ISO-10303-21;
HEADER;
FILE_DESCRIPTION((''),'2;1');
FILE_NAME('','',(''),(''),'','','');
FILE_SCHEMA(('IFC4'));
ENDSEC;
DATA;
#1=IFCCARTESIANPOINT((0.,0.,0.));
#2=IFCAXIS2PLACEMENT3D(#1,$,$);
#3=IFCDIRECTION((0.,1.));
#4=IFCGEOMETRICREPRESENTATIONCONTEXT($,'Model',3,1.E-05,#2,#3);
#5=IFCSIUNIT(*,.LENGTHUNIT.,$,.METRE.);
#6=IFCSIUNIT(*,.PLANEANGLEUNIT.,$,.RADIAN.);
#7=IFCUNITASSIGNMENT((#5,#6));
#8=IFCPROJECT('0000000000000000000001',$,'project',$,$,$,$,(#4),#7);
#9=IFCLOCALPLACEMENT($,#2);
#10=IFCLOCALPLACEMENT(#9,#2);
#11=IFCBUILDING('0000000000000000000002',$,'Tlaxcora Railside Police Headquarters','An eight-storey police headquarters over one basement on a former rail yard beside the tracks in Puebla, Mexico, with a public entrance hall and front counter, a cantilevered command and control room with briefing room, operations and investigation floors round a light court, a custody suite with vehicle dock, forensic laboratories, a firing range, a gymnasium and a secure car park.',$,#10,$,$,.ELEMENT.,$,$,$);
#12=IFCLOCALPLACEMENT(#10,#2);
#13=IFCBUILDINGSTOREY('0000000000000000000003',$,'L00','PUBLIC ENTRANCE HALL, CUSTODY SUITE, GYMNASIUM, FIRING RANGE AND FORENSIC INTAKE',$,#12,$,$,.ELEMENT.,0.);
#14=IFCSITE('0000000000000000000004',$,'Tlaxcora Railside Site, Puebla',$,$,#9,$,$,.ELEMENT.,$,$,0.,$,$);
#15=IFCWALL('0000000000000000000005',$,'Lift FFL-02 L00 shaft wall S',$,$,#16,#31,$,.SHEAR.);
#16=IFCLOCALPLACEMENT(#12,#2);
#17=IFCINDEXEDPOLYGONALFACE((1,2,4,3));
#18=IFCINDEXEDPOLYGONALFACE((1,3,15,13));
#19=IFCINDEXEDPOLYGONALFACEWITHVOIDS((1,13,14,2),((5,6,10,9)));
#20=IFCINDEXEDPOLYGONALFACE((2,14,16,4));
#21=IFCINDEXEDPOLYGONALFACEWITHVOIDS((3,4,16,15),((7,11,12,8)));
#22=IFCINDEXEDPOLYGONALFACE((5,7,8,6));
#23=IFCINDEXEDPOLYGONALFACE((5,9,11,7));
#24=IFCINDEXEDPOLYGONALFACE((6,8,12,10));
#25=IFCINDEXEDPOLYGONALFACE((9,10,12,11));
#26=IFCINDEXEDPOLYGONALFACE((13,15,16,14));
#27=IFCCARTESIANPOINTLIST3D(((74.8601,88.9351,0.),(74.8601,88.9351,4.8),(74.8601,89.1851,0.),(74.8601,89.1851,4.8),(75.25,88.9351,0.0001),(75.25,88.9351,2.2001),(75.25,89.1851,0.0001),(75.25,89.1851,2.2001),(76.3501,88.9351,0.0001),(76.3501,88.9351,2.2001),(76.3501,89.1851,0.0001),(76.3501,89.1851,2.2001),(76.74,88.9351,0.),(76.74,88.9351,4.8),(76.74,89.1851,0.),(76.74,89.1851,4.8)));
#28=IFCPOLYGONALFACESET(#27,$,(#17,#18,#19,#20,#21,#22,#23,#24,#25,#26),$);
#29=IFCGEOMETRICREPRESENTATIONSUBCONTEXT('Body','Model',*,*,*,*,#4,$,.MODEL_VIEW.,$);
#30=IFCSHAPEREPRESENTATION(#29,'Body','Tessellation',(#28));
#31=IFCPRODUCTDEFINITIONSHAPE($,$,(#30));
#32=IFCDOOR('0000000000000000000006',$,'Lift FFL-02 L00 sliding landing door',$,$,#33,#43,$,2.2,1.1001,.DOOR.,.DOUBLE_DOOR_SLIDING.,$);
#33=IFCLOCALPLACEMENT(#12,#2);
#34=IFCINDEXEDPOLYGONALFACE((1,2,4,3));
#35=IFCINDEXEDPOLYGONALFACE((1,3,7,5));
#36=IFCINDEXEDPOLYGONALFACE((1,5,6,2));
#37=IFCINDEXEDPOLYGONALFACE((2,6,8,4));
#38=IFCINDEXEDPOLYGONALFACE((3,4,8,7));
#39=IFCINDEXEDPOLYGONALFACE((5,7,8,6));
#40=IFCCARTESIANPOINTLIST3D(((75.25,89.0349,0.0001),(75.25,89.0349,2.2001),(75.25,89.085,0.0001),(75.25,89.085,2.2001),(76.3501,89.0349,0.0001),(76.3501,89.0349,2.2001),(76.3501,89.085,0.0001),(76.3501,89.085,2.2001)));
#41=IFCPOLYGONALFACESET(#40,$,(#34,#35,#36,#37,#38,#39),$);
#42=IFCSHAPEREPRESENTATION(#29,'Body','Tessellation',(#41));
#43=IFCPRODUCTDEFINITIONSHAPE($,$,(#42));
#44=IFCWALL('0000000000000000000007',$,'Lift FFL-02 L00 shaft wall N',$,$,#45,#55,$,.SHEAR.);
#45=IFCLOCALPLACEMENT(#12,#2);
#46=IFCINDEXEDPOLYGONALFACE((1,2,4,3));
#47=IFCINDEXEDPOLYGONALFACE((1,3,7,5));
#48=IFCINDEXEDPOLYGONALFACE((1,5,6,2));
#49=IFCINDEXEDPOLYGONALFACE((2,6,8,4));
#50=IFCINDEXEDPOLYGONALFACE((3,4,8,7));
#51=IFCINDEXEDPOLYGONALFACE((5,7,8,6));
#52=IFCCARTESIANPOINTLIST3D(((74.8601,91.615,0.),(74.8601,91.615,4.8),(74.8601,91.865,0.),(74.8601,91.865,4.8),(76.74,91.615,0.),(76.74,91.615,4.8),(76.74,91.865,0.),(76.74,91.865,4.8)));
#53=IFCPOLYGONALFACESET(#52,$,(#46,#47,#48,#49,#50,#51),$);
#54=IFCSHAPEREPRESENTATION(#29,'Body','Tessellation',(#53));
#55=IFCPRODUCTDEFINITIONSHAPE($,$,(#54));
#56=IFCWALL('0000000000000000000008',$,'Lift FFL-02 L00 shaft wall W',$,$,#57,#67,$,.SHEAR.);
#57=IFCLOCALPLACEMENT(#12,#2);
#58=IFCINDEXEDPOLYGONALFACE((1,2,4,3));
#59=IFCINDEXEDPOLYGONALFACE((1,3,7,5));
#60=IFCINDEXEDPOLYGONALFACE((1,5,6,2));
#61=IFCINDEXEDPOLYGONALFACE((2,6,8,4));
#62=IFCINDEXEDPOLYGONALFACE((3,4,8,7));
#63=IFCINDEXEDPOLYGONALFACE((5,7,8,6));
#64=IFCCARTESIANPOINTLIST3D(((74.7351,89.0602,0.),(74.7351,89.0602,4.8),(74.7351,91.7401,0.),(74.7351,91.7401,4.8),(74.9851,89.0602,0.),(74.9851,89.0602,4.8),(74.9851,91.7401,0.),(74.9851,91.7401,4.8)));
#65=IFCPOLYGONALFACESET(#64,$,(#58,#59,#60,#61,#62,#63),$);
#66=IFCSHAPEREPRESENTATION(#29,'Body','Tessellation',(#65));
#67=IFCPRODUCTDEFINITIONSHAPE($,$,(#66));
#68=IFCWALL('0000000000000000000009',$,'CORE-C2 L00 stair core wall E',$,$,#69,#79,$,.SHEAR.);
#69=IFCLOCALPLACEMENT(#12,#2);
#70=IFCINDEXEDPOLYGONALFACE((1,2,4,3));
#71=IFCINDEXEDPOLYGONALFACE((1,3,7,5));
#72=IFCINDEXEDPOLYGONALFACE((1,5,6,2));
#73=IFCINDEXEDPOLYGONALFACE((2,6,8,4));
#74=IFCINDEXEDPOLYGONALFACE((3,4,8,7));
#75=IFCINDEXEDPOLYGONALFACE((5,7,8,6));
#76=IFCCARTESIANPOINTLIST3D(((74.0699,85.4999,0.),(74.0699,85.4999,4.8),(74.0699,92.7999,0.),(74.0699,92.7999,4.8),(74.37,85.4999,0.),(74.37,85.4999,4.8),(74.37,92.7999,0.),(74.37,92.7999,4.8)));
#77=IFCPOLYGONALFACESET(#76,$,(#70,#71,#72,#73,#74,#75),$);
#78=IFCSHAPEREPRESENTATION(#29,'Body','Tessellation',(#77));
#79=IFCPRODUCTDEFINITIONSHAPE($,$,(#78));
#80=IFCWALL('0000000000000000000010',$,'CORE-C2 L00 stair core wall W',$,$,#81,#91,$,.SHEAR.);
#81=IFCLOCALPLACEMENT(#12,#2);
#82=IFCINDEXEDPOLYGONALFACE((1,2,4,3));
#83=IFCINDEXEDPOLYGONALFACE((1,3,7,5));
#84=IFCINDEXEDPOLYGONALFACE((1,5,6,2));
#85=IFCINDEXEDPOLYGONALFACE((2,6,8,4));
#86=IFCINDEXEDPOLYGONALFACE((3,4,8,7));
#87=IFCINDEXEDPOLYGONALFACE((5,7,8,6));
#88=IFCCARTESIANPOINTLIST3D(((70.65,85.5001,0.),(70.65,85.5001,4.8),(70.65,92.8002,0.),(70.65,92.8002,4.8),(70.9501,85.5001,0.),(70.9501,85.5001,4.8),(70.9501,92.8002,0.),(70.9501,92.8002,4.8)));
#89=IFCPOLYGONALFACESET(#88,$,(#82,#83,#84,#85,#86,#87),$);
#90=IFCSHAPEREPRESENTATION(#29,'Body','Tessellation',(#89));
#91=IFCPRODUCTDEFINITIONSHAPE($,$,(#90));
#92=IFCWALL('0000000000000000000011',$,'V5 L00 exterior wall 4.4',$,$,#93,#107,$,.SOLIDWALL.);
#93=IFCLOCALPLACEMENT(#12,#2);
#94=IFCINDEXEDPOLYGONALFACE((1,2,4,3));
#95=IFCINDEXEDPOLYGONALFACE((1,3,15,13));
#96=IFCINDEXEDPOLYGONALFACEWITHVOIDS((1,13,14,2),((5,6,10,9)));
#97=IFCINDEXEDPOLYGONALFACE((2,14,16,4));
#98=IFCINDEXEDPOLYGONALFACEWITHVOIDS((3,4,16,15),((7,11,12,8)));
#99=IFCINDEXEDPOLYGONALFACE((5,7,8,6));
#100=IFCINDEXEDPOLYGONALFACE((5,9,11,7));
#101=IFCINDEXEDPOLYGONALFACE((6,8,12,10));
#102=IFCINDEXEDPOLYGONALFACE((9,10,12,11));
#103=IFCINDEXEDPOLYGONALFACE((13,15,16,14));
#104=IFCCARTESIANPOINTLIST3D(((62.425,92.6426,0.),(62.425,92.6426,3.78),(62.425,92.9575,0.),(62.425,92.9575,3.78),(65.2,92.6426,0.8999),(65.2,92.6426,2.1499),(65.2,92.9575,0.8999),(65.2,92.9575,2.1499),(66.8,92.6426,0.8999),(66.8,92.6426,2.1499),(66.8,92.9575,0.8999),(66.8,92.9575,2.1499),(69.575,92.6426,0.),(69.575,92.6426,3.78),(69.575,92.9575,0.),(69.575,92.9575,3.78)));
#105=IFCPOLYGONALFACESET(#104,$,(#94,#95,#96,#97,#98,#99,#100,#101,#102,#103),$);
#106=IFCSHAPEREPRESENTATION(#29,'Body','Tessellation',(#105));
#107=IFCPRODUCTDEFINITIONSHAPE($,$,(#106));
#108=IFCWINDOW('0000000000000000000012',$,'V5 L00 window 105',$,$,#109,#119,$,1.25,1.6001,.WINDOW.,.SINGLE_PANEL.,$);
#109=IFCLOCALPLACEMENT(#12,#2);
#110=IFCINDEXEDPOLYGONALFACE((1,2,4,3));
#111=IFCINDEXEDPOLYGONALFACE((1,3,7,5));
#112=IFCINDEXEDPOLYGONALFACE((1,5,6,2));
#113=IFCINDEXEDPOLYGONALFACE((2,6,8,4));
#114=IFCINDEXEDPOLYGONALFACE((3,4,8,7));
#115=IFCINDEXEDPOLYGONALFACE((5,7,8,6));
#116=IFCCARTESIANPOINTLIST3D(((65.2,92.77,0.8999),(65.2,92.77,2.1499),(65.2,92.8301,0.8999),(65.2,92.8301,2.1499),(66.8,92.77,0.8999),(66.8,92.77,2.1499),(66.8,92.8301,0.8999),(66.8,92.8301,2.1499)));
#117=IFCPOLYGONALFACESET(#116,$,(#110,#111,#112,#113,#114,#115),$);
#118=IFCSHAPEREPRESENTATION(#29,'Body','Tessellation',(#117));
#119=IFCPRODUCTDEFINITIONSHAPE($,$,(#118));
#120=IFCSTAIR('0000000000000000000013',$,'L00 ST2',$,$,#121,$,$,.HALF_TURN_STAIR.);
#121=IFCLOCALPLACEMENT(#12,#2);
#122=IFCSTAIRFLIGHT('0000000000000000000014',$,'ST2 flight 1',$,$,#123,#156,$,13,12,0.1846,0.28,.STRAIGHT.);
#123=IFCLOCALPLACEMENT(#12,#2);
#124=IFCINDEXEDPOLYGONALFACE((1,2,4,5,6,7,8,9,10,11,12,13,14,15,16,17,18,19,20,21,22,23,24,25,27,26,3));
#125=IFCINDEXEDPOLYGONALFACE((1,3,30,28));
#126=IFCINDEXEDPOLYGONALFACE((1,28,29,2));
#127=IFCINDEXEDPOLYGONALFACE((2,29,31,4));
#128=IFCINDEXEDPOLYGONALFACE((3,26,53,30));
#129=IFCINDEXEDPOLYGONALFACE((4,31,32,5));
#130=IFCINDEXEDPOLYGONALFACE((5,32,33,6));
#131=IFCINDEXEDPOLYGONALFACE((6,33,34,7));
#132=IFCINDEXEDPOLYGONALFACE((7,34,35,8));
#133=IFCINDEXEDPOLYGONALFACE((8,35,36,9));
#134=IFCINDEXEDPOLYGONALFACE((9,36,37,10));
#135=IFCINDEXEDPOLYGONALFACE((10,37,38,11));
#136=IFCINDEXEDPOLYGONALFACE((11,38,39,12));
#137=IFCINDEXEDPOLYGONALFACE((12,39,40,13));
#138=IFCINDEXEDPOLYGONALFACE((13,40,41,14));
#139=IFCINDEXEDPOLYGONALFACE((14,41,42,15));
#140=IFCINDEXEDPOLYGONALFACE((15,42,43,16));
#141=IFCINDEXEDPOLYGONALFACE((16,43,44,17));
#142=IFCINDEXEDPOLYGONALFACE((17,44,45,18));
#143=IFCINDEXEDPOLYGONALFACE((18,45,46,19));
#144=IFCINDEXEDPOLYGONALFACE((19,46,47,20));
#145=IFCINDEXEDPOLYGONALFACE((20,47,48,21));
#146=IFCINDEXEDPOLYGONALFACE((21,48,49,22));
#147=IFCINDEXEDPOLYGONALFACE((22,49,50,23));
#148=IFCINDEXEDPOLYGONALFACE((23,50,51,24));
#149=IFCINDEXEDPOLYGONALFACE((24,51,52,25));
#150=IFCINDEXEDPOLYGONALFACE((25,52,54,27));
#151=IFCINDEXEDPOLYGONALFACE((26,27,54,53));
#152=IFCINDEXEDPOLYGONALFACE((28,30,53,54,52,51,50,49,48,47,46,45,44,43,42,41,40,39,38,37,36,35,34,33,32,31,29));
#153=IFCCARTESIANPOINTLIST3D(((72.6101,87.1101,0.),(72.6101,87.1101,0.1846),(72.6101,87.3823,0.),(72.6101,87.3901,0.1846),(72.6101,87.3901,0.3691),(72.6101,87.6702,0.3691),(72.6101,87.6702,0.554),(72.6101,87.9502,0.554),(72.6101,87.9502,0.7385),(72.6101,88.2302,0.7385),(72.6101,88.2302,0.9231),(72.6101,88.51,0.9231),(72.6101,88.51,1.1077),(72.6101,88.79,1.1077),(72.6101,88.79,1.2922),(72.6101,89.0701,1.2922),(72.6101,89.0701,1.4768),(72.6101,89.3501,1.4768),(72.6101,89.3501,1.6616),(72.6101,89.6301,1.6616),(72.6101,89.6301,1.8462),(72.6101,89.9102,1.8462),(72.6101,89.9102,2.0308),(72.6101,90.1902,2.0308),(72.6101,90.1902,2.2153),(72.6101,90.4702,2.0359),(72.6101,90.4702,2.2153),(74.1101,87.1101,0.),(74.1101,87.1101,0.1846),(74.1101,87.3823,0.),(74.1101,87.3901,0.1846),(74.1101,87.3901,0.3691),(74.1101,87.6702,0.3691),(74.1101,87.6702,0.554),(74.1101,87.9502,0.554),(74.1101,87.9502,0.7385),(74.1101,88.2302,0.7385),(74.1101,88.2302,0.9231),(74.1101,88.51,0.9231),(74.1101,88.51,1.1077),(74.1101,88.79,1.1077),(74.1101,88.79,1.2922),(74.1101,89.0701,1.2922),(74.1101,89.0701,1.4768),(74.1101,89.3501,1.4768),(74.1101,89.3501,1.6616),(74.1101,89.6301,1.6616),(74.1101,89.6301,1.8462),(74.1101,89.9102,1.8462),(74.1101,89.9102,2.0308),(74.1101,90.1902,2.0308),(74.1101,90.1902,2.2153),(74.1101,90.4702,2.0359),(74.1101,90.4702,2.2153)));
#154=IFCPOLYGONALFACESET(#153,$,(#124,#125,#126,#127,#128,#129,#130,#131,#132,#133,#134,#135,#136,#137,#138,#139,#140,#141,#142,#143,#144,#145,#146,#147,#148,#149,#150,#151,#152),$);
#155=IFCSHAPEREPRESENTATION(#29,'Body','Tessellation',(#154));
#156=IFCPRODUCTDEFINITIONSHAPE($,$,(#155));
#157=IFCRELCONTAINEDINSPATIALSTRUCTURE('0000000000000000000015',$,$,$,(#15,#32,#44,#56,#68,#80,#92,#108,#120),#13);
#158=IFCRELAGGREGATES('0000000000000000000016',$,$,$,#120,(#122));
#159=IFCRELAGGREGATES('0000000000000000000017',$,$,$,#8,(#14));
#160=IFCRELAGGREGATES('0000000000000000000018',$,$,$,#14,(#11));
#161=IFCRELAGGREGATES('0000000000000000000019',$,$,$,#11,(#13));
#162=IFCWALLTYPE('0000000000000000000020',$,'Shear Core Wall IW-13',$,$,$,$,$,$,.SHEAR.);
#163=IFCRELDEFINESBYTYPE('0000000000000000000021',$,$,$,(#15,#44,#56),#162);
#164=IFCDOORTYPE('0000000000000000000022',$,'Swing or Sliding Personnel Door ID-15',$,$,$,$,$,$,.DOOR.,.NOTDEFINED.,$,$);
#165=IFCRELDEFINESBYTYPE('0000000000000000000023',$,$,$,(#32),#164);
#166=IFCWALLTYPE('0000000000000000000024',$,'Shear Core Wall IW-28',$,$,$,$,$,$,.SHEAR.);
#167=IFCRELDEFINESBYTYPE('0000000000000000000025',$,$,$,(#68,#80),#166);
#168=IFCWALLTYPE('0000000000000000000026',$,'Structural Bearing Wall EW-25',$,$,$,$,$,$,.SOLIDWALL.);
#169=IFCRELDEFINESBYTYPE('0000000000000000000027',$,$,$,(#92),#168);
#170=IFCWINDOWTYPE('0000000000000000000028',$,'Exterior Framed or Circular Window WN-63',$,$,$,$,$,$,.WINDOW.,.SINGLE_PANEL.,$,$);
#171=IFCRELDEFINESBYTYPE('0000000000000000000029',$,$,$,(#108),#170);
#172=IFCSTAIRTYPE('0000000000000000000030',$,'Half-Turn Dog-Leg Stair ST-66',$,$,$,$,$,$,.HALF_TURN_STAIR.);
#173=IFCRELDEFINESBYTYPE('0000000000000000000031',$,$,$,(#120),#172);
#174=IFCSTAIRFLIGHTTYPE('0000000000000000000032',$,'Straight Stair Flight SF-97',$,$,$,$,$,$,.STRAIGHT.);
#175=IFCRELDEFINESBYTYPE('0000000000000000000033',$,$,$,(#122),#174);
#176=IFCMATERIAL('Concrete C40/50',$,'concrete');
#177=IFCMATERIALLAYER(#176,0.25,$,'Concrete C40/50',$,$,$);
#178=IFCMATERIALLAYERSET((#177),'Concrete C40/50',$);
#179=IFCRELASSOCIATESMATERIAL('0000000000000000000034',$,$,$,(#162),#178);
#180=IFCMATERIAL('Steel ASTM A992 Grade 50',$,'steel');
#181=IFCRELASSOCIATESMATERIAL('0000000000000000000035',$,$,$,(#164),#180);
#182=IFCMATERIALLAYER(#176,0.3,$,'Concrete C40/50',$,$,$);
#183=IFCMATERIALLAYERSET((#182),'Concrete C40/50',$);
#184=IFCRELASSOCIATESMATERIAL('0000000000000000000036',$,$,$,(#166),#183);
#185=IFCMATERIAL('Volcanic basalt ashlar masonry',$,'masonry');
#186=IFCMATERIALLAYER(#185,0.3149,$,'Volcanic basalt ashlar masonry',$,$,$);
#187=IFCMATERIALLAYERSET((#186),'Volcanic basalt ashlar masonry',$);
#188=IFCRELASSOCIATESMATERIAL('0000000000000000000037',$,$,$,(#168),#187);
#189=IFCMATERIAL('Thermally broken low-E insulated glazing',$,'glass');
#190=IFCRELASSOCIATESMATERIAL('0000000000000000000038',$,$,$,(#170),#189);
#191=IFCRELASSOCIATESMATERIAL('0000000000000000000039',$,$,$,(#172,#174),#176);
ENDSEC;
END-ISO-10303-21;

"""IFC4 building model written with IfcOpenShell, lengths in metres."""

from ifc_helpers import new_model, si_unit, direction, frame, frame_2d, origin, place, context, subcontext, project, spatial, polyline, rectangle, outline, extrude, material, layer, layer_set, type_object, element, fill, aggregate, save


model = new_model("IFC4")

# Units and contexts
model_context = context("Model", 3, precision=1e-05, world=origin(), true_north=direction((0.0, 1.0)))
body_context = subcontext(model_context, "Body", "Model", "MODEL_VIEW")
ifc_project = project(units=[si_unit("LENGTHUNIT", "METRE"), si_unit("PLANEANGLEUNIT", "RADIAN")], contexts=[model_context])

# Site, building, storey
site_placement = place(None, origin())
site = spatial("IfcSite", under=ifc_project, at=site_placement, Name="Tlaxcora Railside Site, Puebla", CompositionType="ELEMENT", RefElevation=0.0)
building_placement = place(site_placement, origin())
building = spatial("IfcBuilding", under=site, at=building_placement, Name="Tlaxcora Railside Police Headquarters", Description="An eight-storey police headquarters over one basement on a former rail yard beside the tracks in Puebla, Mexico, with a public entrance hall and front counter, a cantilevered command and control room with briefing room, operations and investigation floors round a light court, a custody suite with vehicle dock, forensic laboratories, a firing range, a gymnasium and a secure car park.", CompositionType="ELEMENT")
storey_placement = place(building_placement, origin())
storey = spatial("IfcBuildingStorey", under=building, at=storey_placement, Name="L00", Description="PUBLIC ENTRANCE HALL, CUSTODY SUITE, GYMNASIUM, FIRING RANGE AND FORENSIC INTAKE", CompositionType="ELEMENT", Elevation=0.0)

# Shared definitions
ifc_material_1 = material(Name="Concrete C40/50", Category="concrete")

# Shared definitions
ifc_material_2 = material(Name="Steel ASTM A992 Grade 50", Category="steel")

# Wall, opening, door
ifc_layer_1 = layer(ifc_material_1, 0.25, Name="Concrete C40/50")
ifc_layer_set_1 = layer_set([ifc_layer_1], Name="Concrete C40/50")
wall_type_1 = type_object("IfcWallType", Name="Shear Core Wall IW-13", PredefinedType="SHEAR", material=ifc_layer_set_1)
wall_1_placement = place(storey_placement, frame((74.8601, 89.0601, 0.0), z_axis=(0.0, 0.0, 1.0), x_axis=(1.0, 0.0, 0.0)))
wall_1 = element("IfcWall", 1, at=wall_1_placement, inside=storey, type_object=wall_type_1, Name="Lift FFL-02 L00 shaft wall S", PredefinedType="SHEAR", context=body_context, shape_type="SweptSolid", body=[
    extrude(rectangle(XDim=1.8799, YDim=0.25, at=frame_2d((0.9399, 0.0))), origin(), (0.0, 0.0, 1.0), 4.8),
])
opening_1_placement = place(wall_1_placement, frame((0.3899, 0.0, 0.0)))
opening_1 = element("IfcOpeningElement", 2, at=opening_1_placement, cuts=wall_1, PredefinedType="OPENING", context=body_context, shape_type="SweptSolid", body=[
    extrude(rectangle(XDim=1.1001, YDim=2.2, at=frame_2d((0.55, 1.1001))), frame((0.0, 0.135, 0.0), z_axis=(0.0, -1.0, 0.0), x_axis=(1.0, 0.0, 0.0)), (0.0, 0.0, 1.0), 0.27),
])
door_type_1 = type_object("IfcDoorType", Name="Swing or Sliding Personnel Door ID-15", OperationType="NOTDEFINED", PredefinedType="DOOR", material=ifc_material_2)
door_1_placement = place(opening_1_placement, origin())
door_1 = element("IfcDoor", 3, at=door_1_placement, inside=storey, type_object=door_type_1, Name="Lift FFL-02 L00 sliding landing door", OperationType="DOUBLE_DOOR_SLIDING", OverallHeight=2.2, OverallWidth=1.1001, PredefinedType="DOOR", context=body_context, shape_type="SweptSolid", body=[
    extrude(rectangle(XDim=1.1001, YDim=2.2, at=frame_2d((0.55, 1.1001))), frame((0.0, 0.0249, 0.0), z_axis=(0.0, -1.0, 0.0), x_axis=(1.0, 0.0, 0.0)), (0.0, 0.0, 1.0), 0.05),
])
fill(opening_1, door_1)

# Walls
wall_2_placement = place(storey_placement, frame((76.74, 91.74, 0.0), z_axis=(0.0, 0.0, 1.0), x_axis=(-1.0, 0.0, 0.0)))
element("IfcWall", 4, at=wall_2_placement, inside=storey, type_object=wall_type_1, Name="Lift FFL-02 L00 shaft wall N", PredefinedType="SHEAR", context=body_context, shape_type="SweptSolid", body=[
    extrude(rectangle(XDim=1.8799, YDim=0.25, at=frame_2d((0.9399, 0.0))), origin(), (0.0, 0.0, 1.0), 4.8),
])
wall_3_placement = place(storey_placement, frame((74.8601, 91.74, 0.0), z_axis=(0.0, 0.0, 1.0), x_axis=(0.0, -1.0, 0.0)))
element("IfcWall", 5, at=wall_3_placement, inside=storey, type_object=wall_type_1, Name="Lift FFL-02 L00 shaft wall W", PredefinedType="SHEAR", context=body_context, shape_type="SweptSolid", body=[
    extrude(rectangle(XDim=2.6799, YDim=0.25, at=frame_2d((1.3398, 0.0))), origin(), (0.0, 0.0, 1.0), 4.8),
])

# Shared definitions
ifc_layer_2 = layer(ifc_material_1, 0.3, Name="Concrete C40/50")
ifc_layer_set_2 = layer_set([ifc_layer_2], Name="Concrete C40/50")
wall_type_2 = type_object("IfcWallType", Name="Shear Core Wall IW-28", PredefinedType="SHEAR", material=ifc_layer_set_2)

# Walls
for number, where, z_axis, x_axis, name in (
    (6, (74.22, 85.5, 0.0), (0.0, 0.0, 1.0), (0.0, 1.0, 0.0), "CORE-C2 L00 stair core wall E"),
    (7, (70.8, 92.8, 0.0), (0.0, 0.0, 1.0), (0.0, -1.0, 0.0), "CORE-C2 L00 stair core wall W"),
):
    element("IfcWall", number, at=place(storey_placement, frame(where, z_axis=z_axis, x_axis=x_axis)), inside=storey, type_object=wall_type_2, Name=name, PredefinedType="SHEAR", context=body_context, shape_type="SweptSolid", body=[
        extrude(rectangle(XDim=7.3, YDim=0.3, at=frame_2d((3.6499, 0.0))), origin(), (0.0, 0.0, 1.0), 4.8),
    ])

# Wall, opening, window
ifc_material_3 = material(Name="Volcanic basalt ashlar masonry", Category="masonry")
ifc_layer_3 = layer(ifc_material_3, 0.3149, Name="Volcanic basalt ashlar masonry")
ifc_layer_set_3 = layer_set([ifc_layer_3], Name="Volcanic basalt ashlar masonry")
wall_type_3 = type_object("IfcWallType", Name="Structural Bearing Wall EW-25", PredefinedType="SOLIDWALL", material=ifc_layer_set_3)
wall_4_placement = place(storey_placement, frame((69.575, 92.8, 0.0), z_axis=(0.0, 0.0, 1.0), x_axis=(-1.0, 0.0, 0.0)))
wall_4 = element("IfcWall", 8, at=wall_4_placement, inside=storey, type_object=wall_type_3, Name="V5 L00 exterior wall 4.4", PredefinedType="SOLIDWALL", context=body_context, shape_type="SweptSolid", body=[
    extrude(rectangle(XDim=7.1499, YDim=0.3149, at=frame_2d((3.575, 0.0))), origin(), (0.0, 0.0, 1.0), 3.78),
])
opening_2_placement = place(wall_4_placement, frame((2.7749, 0.0, 0.8999)))
opening_2 = element("IfcOpeningElement", 9, at=opening_2_placement, cuts=wall_4, PredefinedType="OPENING", context=body_context, shape_type="SweptSolid", body=[
    extrude(rectangle(XDim=1.6001, YDim=1.25, at=frame_2d((0.8, 0.625))), frame((0.0, 0.1675, 0.0), z_axis=(0.0, -1.0, 0.0), x_axis=(1.0, 0.0, 0.0)), (0.0, 0.0, 1.0), 0.335),
])
ifc_material_4 = material(Name="Thermally broken low-E insulated glazing", Category="glass")
window_type = type_object("IfcWindowType", Name="Exterior Framed or Circular Window WN-63", PartitioningType="SINGLE_PANEL", PredefinedType="WINDOW", material=ifc_material_4)
window_placement = place(opening_2_placement, origin())
window = element("IfcWindow", 10, at=window_placement, inside=storey, type_object=window_type, Name="V5 L00 window 105", OverallHeight=1.25, OverallWidth=1.6001, PartitioningType="SINGLE_PANEL", PredefinedType="WINDOW", context=body_context, shape_type="SweptSolid", body=[
    extrude(rectangle(XDim=1.6001, YDim=1.25, at=frame_2d((0.8, 0.625))), frame((0.0, 0.03, 0.0), z_axis=(0.0, -1.0, 0.0), x_axis=(1.0, 0.0, 0.0)), (0.0, 0.0, 1.0), 0.0601),
])
fill(opening_2, window)

# Stair, stair flight
stair_type = type_object("IfcStairType", Name="Half-Turn Dog-Leg Stair ST-66", PredefinedType="HALF_TURN_STAIR", material=ifc_material_1)
stair_placement = place(storey_placement, origin())
stair = element("IfcStair", 11, at=stair_placement, inside=storey, type_object=stair_type, Name="L00 ST2", PredefinedType="HALF_TURN_STAIR")
stair_flight_type = type_object("IfcStairFlightType", Name="Straight Stair Flight SF-97", PredefinedType="STRAIGHT", material=ifc_material_1)
stair_flight_1_placement = place(storey_placement, frame((73.3601, 87.1101, 0.0), z_axis=(0.0, 0.0, 1.0), x_axis=(0.0, 1.0, 0.0)))
stair_flight_1 = element("IfcStairFlight", 12, at=stair_flight_1_placement, type_object=stair_flight_type, Name="ST2 flight 1", NumberOfRisers=13, NumberOfTreads=12, PredefinedType="STRAIGHT", RiserHeight=0.1846, TreadLength=0.28, context=body_context, shape_type="SweptSolid", body=[
    extrude(outline(polyline([(0.0, 0.0), (0.0, 0.1846), (0.28, 0.1846), (0.28, 0.3691), (0.5601, 0.3691), (0.5601, 0.554), (0.8401, 0.554), (0.8401, 0.7385), (1.1201, 0.7385), (1.1201, 0.9231), (1.3999, 0.9231), (1.3999, 1.1077), (1.6799, 1.1077), (1.6799, 1.2922), (1.96, 1.2922), (1.96, 1.4768), (2.24, 1.4768), (2.24, 1.6616), (2.52, 1.6616), (2.52, 1.8462), (2.8, 1.8462), (2.8, 2.0308), (3.0801, 2.0308), (3.0801, 2.2153), (3.3601, 2.2153), (3.3601, 2.3999), (3.3601, 2.0359), (0.2722, 0.0), (0.0, 0.0)])), frame((0.0, 0.75, 0.0), z_axis=(0.0, -1.0, 0.0), x_axis=(1.0, 0.0, 0.0)), (0.0, 0.0, 1.0), 1.5),
])
aggregate(stair, [stair_flight_1])

save(model, "model.ifc")
